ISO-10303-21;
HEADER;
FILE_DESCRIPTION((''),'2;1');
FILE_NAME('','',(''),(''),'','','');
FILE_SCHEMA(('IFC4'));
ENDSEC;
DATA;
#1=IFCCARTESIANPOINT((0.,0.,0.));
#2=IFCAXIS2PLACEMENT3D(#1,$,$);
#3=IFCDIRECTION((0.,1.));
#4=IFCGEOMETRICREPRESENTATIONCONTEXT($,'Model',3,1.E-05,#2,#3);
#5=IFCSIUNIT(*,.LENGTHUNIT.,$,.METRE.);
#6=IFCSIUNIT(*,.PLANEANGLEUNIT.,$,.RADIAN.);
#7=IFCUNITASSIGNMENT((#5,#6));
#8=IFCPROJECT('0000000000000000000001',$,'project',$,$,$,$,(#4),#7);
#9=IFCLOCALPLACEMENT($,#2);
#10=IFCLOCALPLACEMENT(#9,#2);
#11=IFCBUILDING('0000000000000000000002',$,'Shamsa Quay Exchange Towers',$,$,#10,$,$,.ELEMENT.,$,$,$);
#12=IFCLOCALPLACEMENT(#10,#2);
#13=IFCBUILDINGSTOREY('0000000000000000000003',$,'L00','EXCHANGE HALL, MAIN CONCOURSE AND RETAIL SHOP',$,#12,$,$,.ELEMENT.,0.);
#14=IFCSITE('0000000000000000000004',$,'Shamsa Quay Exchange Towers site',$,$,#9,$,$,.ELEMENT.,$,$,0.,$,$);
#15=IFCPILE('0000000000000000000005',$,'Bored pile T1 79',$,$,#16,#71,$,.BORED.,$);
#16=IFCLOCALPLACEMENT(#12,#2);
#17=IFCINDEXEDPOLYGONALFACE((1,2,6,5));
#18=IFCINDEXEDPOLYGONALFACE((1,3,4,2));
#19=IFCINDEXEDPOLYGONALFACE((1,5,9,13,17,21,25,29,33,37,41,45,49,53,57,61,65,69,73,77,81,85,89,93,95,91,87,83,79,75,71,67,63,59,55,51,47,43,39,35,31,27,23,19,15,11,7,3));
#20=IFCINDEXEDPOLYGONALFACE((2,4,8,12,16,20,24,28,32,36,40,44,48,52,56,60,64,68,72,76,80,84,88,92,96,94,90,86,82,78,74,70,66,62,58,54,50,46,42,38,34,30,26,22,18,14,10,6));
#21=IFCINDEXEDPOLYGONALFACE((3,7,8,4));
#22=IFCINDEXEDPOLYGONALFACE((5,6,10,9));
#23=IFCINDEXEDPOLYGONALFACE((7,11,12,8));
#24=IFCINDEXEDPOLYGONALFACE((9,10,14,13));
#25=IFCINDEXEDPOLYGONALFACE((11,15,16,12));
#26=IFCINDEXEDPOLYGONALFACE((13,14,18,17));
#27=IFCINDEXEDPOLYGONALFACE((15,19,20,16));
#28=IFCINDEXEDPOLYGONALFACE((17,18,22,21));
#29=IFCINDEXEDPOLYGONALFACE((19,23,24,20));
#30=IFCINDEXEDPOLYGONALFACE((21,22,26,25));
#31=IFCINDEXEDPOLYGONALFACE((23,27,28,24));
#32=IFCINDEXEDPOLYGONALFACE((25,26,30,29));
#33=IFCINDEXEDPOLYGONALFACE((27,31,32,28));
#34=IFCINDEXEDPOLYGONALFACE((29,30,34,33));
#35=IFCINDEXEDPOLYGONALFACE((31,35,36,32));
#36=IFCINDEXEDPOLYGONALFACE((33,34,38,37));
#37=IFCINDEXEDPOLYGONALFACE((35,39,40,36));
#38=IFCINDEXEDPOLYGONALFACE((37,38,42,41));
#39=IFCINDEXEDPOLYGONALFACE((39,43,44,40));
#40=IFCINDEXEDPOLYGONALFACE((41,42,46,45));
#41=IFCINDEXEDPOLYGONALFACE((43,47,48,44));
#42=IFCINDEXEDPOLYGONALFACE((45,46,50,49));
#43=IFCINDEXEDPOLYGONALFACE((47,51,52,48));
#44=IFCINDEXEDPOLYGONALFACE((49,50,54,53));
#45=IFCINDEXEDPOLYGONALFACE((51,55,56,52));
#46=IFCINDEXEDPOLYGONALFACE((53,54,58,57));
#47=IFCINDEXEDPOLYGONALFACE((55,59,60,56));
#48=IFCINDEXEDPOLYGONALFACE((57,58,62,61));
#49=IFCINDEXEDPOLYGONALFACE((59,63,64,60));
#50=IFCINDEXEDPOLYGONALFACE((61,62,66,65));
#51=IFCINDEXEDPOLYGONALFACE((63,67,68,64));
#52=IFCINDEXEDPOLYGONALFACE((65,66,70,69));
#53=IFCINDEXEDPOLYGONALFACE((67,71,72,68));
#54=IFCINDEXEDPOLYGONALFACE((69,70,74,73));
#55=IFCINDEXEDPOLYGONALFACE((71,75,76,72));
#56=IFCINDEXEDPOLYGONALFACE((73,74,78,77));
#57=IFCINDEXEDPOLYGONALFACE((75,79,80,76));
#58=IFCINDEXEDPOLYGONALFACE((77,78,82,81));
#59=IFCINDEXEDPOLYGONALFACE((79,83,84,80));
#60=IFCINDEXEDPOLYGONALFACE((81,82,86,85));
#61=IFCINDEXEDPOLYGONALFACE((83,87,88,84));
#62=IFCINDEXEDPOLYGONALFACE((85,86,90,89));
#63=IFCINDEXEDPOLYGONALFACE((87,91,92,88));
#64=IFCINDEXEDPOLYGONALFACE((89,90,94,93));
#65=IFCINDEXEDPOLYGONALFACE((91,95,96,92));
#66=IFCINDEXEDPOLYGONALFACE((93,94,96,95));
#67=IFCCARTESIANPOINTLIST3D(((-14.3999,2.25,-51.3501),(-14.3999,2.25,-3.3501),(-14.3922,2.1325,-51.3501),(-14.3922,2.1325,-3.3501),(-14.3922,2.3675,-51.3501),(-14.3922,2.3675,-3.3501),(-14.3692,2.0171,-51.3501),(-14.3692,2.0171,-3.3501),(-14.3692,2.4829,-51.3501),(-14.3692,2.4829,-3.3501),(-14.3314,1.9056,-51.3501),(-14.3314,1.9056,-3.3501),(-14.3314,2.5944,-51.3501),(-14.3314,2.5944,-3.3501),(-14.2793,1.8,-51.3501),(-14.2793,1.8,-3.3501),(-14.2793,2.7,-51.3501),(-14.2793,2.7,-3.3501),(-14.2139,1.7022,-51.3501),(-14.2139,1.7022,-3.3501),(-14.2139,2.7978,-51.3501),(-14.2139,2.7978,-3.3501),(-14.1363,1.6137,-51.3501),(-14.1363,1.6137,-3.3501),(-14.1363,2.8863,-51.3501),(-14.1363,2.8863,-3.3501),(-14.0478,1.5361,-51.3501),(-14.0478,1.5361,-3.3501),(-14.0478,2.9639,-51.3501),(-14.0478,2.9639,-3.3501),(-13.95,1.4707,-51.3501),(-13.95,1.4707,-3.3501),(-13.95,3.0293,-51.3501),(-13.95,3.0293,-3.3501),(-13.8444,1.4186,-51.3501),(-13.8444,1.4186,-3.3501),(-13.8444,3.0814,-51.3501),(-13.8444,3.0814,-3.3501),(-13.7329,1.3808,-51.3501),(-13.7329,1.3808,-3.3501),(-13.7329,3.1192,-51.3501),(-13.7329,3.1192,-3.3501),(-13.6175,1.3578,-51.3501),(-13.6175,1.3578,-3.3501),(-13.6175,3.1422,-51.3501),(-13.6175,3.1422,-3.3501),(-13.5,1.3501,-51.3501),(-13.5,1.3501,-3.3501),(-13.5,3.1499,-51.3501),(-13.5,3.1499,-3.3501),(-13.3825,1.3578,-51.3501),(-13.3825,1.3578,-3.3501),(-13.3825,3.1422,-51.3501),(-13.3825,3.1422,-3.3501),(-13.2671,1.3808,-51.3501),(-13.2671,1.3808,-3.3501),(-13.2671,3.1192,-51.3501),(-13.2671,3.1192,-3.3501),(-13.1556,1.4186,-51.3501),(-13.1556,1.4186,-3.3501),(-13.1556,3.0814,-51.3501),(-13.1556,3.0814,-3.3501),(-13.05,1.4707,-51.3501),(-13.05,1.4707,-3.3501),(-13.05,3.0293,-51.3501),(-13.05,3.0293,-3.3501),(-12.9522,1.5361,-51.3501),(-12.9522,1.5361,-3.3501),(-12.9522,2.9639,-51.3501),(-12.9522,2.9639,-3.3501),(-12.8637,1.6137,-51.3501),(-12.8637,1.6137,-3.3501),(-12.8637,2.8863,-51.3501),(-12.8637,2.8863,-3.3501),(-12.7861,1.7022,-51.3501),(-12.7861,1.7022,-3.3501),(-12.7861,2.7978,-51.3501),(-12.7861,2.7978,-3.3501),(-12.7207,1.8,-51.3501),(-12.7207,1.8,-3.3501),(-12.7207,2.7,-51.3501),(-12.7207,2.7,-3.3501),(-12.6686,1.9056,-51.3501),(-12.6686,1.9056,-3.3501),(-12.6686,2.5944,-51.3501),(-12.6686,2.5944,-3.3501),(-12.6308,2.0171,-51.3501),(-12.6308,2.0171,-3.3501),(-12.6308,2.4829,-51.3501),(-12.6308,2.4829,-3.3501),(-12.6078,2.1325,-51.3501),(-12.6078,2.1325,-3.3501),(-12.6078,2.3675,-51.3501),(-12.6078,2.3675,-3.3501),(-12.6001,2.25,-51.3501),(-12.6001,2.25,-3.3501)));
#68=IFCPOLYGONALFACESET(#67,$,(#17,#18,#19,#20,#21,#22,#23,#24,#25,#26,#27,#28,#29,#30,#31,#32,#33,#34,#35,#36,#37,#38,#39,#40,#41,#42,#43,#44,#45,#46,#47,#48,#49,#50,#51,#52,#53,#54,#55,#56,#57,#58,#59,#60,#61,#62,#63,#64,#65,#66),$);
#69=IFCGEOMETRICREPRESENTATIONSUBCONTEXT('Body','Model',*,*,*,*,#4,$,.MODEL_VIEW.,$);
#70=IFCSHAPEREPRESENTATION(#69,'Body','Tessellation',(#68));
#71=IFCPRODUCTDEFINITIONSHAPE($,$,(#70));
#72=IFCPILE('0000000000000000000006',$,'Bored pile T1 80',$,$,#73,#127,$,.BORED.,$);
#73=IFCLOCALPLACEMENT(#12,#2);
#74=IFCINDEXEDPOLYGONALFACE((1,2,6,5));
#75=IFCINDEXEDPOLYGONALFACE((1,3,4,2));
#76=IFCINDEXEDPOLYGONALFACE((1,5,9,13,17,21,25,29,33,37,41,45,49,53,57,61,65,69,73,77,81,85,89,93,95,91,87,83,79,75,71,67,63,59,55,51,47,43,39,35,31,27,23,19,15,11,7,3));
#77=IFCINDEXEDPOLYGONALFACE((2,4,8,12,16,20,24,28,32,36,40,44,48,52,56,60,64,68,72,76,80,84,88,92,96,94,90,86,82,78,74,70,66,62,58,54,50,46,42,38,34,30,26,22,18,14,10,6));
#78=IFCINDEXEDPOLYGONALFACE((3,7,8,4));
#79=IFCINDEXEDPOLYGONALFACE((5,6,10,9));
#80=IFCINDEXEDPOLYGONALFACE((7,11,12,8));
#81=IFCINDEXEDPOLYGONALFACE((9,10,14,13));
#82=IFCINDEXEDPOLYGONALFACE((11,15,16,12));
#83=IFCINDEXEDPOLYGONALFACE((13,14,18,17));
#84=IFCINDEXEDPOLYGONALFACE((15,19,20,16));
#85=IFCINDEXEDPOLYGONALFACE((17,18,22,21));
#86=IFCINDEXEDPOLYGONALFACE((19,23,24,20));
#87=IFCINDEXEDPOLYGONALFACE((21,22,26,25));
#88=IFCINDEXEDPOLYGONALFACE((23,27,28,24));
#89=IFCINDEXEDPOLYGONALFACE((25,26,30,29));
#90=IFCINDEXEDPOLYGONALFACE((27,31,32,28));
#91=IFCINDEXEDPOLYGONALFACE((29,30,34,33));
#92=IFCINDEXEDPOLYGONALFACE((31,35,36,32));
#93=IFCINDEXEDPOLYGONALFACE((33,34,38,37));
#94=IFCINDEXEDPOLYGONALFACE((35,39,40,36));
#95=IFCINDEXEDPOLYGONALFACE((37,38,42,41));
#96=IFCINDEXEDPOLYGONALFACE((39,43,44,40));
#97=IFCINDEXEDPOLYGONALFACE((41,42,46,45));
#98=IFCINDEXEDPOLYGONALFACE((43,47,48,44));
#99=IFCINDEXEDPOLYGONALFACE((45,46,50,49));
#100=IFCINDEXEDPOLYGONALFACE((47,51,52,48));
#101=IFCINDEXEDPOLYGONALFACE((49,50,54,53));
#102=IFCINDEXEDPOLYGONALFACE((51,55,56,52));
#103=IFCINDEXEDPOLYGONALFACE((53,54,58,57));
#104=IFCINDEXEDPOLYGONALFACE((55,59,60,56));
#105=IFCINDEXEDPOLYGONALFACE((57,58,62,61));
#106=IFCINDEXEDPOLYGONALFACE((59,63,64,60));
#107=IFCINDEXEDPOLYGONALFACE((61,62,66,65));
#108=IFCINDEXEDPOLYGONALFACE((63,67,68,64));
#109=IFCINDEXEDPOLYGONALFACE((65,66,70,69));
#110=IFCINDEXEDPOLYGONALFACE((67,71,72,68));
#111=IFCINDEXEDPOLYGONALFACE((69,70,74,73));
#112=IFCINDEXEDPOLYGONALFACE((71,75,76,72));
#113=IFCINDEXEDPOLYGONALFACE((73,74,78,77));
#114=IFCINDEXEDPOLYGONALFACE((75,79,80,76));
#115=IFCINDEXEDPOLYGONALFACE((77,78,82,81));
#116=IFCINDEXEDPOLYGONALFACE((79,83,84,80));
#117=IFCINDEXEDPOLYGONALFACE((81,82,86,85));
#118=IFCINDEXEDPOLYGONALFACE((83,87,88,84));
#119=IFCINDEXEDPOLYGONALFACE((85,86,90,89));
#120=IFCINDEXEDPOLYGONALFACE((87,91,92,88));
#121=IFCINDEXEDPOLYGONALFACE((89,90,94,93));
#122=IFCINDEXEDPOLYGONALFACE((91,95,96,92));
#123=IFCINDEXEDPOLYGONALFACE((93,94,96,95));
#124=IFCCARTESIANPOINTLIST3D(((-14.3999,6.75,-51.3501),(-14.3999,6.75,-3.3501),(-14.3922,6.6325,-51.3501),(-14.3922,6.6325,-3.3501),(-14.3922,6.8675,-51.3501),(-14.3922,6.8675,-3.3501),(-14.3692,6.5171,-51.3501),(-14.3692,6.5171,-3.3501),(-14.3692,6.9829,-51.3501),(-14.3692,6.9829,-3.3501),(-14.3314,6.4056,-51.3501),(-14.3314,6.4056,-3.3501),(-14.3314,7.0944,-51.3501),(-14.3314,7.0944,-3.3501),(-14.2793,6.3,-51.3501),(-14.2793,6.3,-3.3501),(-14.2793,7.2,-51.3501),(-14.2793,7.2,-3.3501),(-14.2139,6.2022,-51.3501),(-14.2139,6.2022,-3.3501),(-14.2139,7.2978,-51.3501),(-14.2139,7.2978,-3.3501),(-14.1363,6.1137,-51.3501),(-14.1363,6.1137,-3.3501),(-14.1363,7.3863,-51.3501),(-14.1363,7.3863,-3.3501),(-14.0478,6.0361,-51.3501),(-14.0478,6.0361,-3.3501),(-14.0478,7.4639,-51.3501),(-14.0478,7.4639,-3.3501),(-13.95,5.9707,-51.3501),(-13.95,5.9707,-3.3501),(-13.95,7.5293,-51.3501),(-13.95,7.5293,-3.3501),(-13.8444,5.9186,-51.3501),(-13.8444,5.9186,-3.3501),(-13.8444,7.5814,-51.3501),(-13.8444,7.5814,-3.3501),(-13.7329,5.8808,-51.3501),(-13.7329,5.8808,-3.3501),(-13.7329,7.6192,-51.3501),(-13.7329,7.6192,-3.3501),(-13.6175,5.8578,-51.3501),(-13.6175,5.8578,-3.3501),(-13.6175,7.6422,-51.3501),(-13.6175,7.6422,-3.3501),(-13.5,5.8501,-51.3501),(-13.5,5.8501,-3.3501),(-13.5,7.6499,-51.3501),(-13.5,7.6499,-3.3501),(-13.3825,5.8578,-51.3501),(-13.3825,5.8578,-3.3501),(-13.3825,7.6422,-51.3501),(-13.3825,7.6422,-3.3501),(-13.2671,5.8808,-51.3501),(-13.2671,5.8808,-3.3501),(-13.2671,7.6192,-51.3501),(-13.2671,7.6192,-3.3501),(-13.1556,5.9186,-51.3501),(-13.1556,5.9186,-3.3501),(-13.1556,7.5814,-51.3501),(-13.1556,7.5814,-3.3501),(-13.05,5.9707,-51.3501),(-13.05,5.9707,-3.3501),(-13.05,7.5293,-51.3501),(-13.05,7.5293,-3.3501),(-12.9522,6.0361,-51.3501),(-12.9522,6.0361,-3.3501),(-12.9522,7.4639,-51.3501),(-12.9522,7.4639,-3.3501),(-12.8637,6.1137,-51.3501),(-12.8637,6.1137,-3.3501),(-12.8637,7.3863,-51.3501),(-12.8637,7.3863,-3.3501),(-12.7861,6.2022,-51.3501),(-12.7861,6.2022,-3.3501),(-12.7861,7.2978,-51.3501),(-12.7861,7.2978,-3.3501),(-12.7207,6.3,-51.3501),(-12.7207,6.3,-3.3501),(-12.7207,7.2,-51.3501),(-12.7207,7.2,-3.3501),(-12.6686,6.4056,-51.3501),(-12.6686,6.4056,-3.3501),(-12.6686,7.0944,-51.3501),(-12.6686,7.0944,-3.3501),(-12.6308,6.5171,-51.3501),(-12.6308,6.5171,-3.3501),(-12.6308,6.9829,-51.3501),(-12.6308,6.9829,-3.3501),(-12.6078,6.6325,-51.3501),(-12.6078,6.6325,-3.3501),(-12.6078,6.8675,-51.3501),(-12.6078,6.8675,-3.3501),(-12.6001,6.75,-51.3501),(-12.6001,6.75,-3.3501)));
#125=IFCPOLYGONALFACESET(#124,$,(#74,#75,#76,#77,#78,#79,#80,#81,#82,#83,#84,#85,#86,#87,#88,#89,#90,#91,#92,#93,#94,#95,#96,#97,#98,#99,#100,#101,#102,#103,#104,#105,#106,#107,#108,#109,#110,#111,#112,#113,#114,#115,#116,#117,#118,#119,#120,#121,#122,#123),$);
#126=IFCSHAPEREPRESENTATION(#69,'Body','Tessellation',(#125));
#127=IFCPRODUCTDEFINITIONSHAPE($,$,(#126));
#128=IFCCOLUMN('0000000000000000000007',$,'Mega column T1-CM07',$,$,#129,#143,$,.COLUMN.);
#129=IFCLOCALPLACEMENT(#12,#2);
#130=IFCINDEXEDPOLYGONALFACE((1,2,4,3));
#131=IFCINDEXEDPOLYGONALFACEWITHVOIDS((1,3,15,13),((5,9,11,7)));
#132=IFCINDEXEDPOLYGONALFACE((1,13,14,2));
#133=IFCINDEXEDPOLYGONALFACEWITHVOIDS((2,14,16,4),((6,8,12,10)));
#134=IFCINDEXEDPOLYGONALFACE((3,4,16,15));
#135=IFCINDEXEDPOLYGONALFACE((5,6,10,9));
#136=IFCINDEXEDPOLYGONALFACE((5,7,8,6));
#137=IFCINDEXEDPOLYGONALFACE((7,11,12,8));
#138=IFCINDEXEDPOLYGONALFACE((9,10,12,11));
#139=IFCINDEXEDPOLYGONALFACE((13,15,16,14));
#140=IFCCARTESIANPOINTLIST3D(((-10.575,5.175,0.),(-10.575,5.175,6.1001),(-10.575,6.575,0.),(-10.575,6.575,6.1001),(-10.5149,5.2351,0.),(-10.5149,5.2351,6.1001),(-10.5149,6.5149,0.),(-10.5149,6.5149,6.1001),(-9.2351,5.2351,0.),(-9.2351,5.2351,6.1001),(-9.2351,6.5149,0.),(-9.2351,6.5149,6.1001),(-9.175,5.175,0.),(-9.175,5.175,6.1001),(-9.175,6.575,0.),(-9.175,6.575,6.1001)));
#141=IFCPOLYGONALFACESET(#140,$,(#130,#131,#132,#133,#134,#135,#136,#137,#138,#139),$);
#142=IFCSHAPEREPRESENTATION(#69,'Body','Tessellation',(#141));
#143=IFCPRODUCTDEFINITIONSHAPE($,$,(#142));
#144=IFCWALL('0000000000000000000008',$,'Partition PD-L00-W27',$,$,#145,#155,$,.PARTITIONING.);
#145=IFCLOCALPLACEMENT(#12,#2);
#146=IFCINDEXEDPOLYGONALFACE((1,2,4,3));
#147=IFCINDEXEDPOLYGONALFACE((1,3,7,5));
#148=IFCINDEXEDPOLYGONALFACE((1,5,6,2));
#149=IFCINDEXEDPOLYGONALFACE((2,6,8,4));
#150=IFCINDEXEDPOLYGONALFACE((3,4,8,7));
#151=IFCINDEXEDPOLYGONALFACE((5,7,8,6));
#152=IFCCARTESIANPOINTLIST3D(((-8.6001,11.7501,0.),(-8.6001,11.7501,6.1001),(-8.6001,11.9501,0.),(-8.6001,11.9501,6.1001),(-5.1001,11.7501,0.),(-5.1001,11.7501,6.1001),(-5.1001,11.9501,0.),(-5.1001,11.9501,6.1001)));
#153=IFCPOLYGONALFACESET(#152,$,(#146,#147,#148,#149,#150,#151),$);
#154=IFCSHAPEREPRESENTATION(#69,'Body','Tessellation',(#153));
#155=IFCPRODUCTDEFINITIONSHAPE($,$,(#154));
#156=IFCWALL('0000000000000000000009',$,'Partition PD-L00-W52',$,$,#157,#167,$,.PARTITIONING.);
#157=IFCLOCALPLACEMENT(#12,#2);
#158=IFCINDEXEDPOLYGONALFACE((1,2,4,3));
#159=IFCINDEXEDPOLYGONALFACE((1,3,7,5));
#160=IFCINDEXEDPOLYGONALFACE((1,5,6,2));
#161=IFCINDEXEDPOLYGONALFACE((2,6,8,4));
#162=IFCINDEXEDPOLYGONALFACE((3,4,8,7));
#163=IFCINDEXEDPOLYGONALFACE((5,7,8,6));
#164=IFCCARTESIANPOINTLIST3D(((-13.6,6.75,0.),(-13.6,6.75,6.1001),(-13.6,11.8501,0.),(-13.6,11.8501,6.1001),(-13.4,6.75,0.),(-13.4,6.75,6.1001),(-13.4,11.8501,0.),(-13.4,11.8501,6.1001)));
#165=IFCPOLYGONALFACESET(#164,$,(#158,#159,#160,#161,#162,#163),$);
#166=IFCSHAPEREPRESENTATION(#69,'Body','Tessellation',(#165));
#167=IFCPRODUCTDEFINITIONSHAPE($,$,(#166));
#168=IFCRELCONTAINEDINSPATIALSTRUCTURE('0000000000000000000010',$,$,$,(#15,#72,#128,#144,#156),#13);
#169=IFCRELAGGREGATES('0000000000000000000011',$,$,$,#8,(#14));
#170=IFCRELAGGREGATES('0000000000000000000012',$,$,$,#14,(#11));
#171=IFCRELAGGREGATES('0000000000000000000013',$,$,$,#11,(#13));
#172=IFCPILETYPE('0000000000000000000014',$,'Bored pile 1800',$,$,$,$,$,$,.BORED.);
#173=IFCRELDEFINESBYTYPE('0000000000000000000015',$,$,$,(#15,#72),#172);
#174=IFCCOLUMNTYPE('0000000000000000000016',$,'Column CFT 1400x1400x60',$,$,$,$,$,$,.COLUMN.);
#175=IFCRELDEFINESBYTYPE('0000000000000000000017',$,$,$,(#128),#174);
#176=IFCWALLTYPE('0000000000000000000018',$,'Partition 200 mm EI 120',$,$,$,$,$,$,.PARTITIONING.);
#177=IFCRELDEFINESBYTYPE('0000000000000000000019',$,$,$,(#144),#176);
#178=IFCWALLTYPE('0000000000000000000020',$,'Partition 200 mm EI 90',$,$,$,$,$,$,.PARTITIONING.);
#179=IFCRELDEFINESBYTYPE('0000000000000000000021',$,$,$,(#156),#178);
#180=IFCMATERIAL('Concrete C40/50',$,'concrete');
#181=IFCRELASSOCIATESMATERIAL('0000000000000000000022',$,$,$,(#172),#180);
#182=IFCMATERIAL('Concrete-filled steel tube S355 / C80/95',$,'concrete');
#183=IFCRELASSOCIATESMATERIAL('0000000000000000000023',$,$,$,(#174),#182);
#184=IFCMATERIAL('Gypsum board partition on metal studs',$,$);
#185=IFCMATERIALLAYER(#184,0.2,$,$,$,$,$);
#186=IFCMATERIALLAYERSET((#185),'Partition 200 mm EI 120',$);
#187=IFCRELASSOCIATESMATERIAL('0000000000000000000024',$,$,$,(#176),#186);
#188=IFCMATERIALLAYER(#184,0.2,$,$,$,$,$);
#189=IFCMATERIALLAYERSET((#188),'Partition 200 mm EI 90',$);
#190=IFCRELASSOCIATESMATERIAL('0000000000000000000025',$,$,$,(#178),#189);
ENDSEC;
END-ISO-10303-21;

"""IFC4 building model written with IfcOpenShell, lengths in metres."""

from ifc_helpers import new_model, si_unit, direction, frame, frame_2d, origin, origin_2d, place, context, subcontext, project, spatial, rectangle, hollow_rectangle, circle, extrude, material, layer, layer_set, material_profile, profile_set, type_object, element, save


model = new_model("IFC4")

# Units and contexts
model_context = context("Model", 3, precision=1e-05, world=origin(), true_north=direction((0.0, 1.0)))
body_context = subcontext(model_context, "Body", "Model", "MODEL_VIEW")
ifc_project = project(units=[si_unit("LENGTHUNIT", "METRE"), si_unit("PLANEANGLEUNIT", "RADIAN")], contexts=[model_context])

# Site, building, storey
site_placement = place(None, origin())
site = spatial("IfcSite", under=ifc_project, at=site_placement, Name="Shamsa Quay Exchange Towers site", CompositionType="ELEMENT", RefElevation=0.0)
building_placement = place(site_placement, origin())
building = spatial("IfcBuilding", under=site, at=building_placement, Name="Shamsa Quay Exchange Towers", CompositionType="ELEMENT")
storey_placement = place(building_placement, origin())
storey = spatial("IfcBuildingStorey", under=building, at=storey_placement, Name="L00", Description="EXCHANGE HALL, MAIN CONCOURSE AND RETAIL SHOP", CompositionType="ELEMENT", Elevation=0.0)

# Piles
ifc_material_1 = material(Name="Concrete C40/50", Category="concrete")
ifc_material_profile_1 = material_profile(ifc_material_1, circle(Radius=0.8999, at=origin_2d()), Name="BP1800")
ifc_profile_set_1 = profile_set([ifc_material_profile_1], Name="Concrete C40/50")
pile_type_1 = type_object("IfcPileType", Name="Bored pile 1800", PredefinedType="BORED", material=ifc_profile_set_1)
for number, where, z_axis, x_axis, name in (
    (1, (-13.5, 2.25, -3.3501), (0.0, 0.0, -1.0), (1.0, 0.0, 0.0), "Bored pile T1 79"),
    (2, (-13.5, 6.75, -3.3501), (0.0, 0.0, -1.0), (1.0, 0.0, 0.0), "Bored pile T1 80"),
):
    element("IfcPile", number, at=place(storey_placement, frame(where, z_axis=z_axis, x_axis=x_axis)), inside=storey, type_object=pile_type_1, Name=name, PredefinedType="BORED", context=body_context, shape_type="SweptSolid", body=[
        extrude(circle(Radius=0.8999, at=origin_2d()), origin(), (0.0, 0.0, 1.0), 48.0),
    ])

# Column
ifc_material_2 = material(Name="Concrete-filled steel tube S355 / C80/95", Category="concrete")
ifc_material_profile_2 = material_profile(ifc_material_2, hollow_rectangle(XDim=1.3999, YDim=1.3999, WallThickness=0.0601, at=origin_2d()), Name="CFT 1400x1400x60")
ifc_profile_set_2 = profile_set([ifc_material_profile_2], Name="Concrete-filled steel tube S355 / C80/95")
column_type = type_object("IfcColumnType", Name="Column CFT 1400x1400x60", PredefinedType="COLUMN", material=ifc_profile_set_2)
column_placement = place(storey_placement, frame((-9.875, 5.875, 0.0)))
element("IfcColumn", 3, at=column_placement, inside=storey, type_object=column_type, Name="Mega column T1-CM07", PredefinedType="COLUMN", context=body_context, shape_type="SweptSolid", body=[
    extrude(hollow_rectangle(XDim=1.3999, YDim=1.3999, WallThickness=0.0601, at=origin_2d()), origin(), (0.0, 0.0, 1.0), 6.1001),
])

# Walls
ifc_material_3 = material(Name="Gypsum board partition on metal studs")
ifc_layer_1 = layer(ifc_material_3, 0.2)
ifc_layer_set_1 = layer_set([ifc_layer_1], Name="Partition 200 mm EI 120")
wall_type_1 = type_object("IfcWallType", Name="Partition 200 mm EI 120", PredefinedType="PARTITIONING", material=ifc_layer_set_1)
wall_1_placement = place(storey_placement, frame((-8.6001, 11.8501, 0.0)))
element("IfcWall", 4, at=wall_1_placement, inside=storey, type_object=wall_type_1, Name="Partition PD-L00-W27", PredefinedType="PARTITIONING", context=body_context, shape_type="SweptSolid", body=[
    extrude(rectangle(XDim=3.5, YDim=0.2, at=frame_2d((1.75, 0.0))), origin(), (0.0, 0.0, 1.0), 6.1001),
])
ifc_layer_2 = layer(ifc_material_3, 0.2)
ifc_layer_set_2 = layer_set([ifc_layer_2], Name="Partition 200 mm EI 90")
wall_type_2 = type_object("IfcWallType", Name="Partition 200 mm EI 90", PredefinedType="PARTITIONING", material=ifc_layer_set_2)
wall_2_placement = place(storey_placement, frame((-13.5, 6.75, 0.0), z_axis=(0.0, 0.0, 1.0), x_axis=(0.0, 1.0, 0.0)))
element("IfcWall", 5, at=wall_2_placement, inside=storey, type_object=wall_type_2, Name="Partition PD-L00-W52", PredefinedType="PARTITIONING", context=body_context, shape_type="SweptSolid", body=[
    extrude(rectangle(XDim=5.1001, YDim=0.2, at=frame_2d((2.55, 0.0))), origin(), (0.0, 0.0, 1.0), 6.1001),
])

save(model, "model.ifc")
